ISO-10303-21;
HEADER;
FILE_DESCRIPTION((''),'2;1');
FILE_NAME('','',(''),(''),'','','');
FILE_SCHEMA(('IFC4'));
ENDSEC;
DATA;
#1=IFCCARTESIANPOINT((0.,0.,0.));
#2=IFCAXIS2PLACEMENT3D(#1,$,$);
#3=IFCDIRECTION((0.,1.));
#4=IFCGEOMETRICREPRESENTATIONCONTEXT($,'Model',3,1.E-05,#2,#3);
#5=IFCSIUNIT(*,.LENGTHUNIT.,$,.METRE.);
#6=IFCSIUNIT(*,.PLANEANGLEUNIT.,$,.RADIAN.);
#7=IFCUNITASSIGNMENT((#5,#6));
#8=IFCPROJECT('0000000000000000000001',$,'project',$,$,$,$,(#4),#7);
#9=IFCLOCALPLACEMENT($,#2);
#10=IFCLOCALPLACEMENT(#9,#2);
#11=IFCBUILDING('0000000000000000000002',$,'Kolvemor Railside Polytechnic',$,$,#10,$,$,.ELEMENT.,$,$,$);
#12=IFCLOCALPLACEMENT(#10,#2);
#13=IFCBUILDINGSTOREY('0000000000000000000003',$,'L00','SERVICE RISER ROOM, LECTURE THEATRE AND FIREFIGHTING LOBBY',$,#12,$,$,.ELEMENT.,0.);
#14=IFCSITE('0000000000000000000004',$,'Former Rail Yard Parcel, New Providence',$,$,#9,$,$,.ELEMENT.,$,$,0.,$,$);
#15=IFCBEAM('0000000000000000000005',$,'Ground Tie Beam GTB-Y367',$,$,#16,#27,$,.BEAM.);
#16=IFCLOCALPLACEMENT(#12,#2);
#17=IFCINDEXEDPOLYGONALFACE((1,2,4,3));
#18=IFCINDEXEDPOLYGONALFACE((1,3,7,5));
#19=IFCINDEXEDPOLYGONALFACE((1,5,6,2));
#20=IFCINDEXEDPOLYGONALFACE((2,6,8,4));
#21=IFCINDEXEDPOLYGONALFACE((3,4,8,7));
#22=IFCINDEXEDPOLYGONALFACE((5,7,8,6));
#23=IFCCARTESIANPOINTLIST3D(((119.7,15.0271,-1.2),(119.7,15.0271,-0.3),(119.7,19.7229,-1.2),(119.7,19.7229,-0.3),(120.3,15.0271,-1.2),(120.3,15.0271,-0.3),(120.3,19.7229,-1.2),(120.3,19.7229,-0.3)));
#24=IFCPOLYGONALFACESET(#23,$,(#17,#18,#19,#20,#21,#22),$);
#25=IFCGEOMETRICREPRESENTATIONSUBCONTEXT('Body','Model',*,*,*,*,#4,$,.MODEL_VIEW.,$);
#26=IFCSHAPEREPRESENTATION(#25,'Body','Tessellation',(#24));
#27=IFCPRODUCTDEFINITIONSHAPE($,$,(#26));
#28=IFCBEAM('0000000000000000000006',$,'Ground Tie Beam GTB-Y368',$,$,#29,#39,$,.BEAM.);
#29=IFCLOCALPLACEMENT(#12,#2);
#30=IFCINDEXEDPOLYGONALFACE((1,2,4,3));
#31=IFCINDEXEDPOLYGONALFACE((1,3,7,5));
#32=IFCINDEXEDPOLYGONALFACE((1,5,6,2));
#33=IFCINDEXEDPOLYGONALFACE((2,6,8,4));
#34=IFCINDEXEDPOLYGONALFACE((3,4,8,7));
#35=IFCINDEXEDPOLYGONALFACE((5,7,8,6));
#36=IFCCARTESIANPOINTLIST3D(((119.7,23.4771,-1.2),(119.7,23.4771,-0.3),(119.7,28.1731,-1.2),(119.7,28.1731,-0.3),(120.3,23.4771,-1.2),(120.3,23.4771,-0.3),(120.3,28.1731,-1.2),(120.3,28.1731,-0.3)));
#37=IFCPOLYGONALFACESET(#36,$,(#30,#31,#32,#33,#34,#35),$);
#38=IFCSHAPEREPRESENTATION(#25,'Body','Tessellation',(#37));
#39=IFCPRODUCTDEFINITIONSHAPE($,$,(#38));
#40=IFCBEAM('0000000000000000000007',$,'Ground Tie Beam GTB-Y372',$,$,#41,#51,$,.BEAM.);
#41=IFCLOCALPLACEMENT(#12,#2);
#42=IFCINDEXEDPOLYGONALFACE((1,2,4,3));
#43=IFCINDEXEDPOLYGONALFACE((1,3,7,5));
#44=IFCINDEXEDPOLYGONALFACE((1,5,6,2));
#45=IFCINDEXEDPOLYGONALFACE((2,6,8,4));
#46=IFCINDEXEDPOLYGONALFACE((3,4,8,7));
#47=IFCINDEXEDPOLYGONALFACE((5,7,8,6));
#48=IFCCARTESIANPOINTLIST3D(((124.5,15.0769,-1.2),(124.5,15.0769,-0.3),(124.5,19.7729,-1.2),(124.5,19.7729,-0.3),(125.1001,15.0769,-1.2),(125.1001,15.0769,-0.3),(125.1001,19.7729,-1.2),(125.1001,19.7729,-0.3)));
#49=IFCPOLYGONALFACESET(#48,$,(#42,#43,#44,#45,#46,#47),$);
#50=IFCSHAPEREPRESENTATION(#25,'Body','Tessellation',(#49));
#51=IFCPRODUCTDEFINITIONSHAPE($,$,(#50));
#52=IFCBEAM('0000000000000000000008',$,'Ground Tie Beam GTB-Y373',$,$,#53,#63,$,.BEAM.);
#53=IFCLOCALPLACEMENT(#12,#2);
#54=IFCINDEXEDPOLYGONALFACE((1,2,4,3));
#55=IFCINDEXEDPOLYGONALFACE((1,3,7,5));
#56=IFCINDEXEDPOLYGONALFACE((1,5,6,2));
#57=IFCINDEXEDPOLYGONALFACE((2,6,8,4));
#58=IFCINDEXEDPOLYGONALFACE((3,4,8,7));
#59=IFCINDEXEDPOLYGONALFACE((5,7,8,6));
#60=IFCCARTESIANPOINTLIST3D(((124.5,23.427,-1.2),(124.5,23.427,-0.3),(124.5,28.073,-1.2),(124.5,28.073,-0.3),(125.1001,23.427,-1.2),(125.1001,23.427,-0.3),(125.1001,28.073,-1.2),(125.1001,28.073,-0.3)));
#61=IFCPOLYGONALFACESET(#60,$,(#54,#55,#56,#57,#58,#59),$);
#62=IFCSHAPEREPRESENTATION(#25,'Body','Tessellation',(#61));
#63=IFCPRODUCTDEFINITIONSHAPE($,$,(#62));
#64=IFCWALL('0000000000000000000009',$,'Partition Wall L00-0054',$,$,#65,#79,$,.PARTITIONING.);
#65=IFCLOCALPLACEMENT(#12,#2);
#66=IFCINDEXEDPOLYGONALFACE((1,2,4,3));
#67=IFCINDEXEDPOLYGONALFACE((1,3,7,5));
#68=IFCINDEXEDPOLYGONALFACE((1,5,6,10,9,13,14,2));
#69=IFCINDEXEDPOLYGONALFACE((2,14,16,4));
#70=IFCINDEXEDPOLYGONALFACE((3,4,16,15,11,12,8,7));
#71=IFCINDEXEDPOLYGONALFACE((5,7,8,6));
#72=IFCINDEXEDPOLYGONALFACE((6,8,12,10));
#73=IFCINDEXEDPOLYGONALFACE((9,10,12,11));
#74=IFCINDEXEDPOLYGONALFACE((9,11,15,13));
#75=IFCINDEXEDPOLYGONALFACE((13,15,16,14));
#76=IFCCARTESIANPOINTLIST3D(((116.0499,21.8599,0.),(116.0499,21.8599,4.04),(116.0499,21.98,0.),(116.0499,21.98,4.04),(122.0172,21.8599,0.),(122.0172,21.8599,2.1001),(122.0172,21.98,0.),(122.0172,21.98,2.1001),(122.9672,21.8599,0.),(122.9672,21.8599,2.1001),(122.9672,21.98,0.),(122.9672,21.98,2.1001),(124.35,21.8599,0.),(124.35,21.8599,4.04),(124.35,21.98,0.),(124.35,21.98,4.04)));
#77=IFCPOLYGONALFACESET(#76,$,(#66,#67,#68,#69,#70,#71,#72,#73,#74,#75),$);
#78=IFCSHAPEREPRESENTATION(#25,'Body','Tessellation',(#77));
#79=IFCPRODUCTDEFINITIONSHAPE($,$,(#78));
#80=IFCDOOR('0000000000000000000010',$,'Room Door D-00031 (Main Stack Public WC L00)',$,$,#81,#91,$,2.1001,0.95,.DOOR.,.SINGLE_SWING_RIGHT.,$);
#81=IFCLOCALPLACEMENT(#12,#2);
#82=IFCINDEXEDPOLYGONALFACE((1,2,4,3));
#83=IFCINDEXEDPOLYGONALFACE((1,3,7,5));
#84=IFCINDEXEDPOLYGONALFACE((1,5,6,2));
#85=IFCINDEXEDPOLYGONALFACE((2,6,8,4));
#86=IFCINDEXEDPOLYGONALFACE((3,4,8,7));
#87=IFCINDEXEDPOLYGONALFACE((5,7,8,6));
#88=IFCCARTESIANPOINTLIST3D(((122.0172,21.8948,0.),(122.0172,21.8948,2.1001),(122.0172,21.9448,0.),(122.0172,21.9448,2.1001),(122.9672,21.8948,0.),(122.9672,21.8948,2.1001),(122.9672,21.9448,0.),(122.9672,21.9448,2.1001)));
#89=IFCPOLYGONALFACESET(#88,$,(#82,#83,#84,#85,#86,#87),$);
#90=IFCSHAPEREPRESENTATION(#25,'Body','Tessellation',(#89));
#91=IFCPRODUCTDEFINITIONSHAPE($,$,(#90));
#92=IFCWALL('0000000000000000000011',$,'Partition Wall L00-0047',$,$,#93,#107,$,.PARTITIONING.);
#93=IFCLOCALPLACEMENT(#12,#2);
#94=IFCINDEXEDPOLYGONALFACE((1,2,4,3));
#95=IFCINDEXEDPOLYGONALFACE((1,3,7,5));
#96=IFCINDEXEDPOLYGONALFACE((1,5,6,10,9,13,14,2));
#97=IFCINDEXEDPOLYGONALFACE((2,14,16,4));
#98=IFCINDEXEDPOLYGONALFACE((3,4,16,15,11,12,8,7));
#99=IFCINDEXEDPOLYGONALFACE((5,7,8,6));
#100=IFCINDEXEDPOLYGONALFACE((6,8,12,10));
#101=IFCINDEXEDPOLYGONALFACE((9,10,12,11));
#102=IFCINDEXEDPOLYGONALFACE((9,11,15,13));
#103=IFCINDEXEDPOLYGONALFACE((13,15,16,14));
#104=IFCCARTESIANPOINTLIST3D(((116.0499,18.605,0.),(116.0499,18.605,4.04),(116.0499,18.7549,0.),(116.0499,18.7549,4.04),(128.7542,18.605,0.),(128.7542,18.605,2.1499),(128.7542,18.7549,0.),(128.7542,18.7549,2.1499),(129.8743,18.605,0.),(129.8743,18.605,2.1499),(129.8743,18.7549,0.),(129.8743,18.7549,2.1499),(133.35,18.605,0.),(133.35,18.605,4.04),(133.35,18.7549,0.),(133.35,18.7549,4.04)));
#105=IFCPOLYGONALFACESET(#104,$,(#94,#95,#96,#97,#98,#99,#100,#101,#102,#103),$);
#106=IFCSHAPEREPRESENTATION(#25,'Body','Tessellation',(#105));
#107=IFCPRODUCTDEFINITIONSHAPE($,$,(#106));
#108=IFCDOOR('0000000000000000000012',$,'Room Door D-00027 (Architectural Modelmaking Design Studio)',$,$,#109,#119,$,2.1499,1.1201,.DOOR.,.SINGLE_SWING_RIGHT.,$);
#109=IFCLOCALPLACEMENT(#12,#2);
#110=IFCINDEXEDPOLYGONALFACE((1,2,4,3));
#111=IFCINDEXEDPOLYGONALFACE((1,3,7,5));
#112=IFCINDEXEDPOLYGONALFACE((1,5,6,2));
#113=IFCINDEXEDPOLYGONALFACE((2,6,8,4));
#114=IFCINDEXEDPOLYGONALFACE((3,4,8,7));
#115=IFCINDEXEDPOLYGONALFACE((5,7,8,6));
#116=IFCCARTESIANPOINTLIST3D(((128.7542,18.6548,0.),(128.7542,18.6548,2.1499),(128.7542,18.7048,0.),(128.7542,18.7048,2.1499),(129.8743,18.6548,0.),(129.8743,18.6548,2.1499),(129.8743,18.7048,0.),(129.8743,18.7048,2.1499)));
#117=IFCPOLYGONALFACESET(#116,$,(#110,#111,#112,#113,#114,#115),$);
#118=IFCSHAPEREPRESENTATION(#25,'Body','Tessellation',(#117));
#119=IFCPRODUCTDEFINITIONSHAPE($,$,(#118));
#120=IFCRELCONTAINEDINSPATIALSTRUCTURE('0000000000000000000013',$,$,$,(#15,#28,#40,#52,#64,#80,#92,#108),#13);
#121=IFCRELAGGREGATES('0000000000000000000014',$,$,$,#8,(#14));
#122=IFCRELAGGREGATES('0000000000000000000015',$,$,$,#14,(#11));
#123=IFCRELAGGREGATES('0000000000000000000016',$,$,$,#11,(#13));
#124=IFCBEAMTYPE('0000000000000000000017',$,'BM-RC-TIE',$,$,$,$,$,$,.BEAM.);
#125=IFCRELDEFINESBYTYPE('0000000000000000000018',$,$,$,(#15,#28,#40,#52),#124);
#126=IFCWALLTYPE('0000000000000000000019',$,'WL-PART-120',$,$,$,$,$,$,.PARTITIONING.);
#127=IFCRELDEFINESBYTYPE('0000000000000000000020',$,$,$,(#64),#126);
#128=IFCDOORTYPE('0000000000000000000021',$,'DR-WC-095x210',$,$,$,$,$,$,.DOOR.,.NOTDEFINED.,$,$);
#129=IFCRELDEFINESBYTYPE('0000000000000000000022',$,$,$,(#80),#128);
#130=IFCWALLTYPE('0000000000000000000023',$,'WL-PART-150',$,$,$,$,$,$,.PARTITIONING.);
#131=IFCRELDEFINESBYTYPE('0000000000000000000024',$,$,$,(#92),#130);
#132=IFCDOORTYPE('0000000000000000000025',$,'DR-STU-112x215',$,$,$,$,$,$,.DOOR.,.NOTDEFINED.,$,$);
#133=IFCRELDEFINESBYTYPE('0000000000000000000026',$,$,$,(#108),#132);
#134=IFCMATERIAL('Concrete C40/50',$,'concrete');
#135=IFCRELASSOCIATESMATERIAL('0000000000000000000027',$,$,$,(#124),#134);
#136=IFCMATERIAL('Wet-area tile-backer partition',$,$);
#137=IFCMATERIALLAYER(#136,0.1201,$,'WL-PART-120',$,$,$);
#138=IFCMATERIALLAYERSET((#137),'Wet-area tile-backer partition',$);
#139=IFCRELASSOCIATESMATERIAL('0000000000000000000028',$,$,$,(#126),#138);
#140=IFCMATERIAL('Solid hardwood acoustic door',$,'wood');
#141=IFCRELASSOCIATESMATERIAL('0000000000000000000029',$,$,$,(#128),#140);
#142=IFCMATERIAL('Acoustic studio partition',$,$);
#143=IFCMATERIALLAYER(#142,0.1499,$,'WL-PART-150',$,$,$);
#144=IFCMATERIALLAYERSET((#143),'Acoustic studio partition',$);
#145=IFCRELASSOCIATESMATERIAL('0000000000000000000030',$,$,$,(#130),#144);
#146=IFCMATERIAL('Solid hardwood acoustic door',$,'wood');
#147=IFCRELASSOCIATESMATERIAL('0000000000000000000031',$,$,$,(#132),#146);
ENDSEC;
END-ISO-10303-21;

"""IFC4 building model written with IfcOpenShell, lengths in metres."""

from ifc_helpers import new_model, si_unit, direction, frame, frame_2d, origin, origin_2d, place, context, subcontext, project, spatial, rectangle, extrude, material, layer, layer_set, material_profile, profile_set, type_object, element, fill, save


model = new_model("IFC4")

# Units and contexts
model_context = context("Model", 3, precision=1e-05, world=origin(), true_north=direction((0.0, 1.0)))
body_context = subcontext(model_context, "Body", "Model", "MODEL_VIEW")
ifc_project = project(units=[si_unit("LENGTHUNIT", "METRE"), si_unit("PLANEANGLEUNIT", "RADIAN")], contexts=[model_context])

# Site, building, storey
site_placement = place(None, origin())
site = spatial("IfcSite", under=ifc_project, at=site_placement, Name="Former Rail Yard Parcel, New Providence", CompositionType="ELEMENT", RefElevation=0.0)
building_placement = place(site_placement, origin())
building = spatial("IfcBuilding", under=site, at=building_placement, Name="Kolvemor Railside Polytechnic", CompositionType="ELEMENT")
storey_placement = place(building_placement, origin())
storey = spatial("IfcBuildingStorey", under=building, at=storey_placement, Name="L00", Description="SERVICE RISER ROOM, LECTURE THEATRE AND FIREFIGHTING LOBBY", CompositionType="ELEMENT", Elevation=0.0)

# Beams
ifc_material_1 = material(Name="Concrete C40/50", Category="concrete")
ifc_material_profile_1 = material_profile(ifc_material_1, rectangle(XDim=0.6001, YDim=0.8999, at=origin_2d()), Name="RC600x900")
ifc_profile_set_1 = profile_set([ifc_material_profile_1], Name="Concrete C40/50")
beam_type_1 = type_object("IfcBeamType", Name="BM-RC-TIE", PredefinedType="BEAM", material=ifc_profile_set_1)
beam_1_placement = place(storey_placement, frame((120.0, 15.0271, -0.75), z_axis=(0.0, 1.0, 0.0), x_axis=(-1.0, 0.0, 0.0)))
element("IfcBeam", 1, at=beam_1_placement, inside=storey, type_object=beam_type_1, Name="Ground Tie Beam GTB-Y367", PredefinedType="BEAM", context=body_context, shape_type="SweptSolid", body=[
    extrude(rectangle(XDim=0.6001, YDim=0.8999, at=origin_2d()), origin(), (0.0, 0.0, 1.0), 4.6958),
])
for number, where, z_axis, x_axis, name in (
    (2, (120.0, 23.4771, -0.75), (0.0, 1.0, 0.0), (-1.0, 0.0, 0.0), "Ground Tie Beam GTB-Y368"),
    (3, (124.8, 15.0769, -0.75), (0.0, 1.0, 0.0), (-1.0, 0.0, 0.0), "Ground Tie Beam GTB-Y372"),
):
    element("IfcBeam", number, at=place(storey_placement, frame(where, z_axis=z_axis, x_axis=x_axis)), inside=storey, type_object=beam_type_1, Name=name, PredefinedType="BEAM", context=body_context, shape_type="SweptSolid", body=[
        extrude(rectangle(XDim=0.6001, YDim=0.8999, at=origin_2d()), origin(), (0.0, 0.0, 1.0), 4.696),
    ])
beam_2_placement = place(storey_placement, frame((124.8, 23.427, -0.75), z_axis=(0.0, 1.0, 0.0), x_axis=(-1.0, 0.0, 0.0)))
element("IfcBeam", 4, at=beam_2_placement, inside=storey, type_object=beam_type_1, Name="Ground Tie Beam GTB-Y373", PredefinedType="BEAM", context=body_context, shape_type="SweptSolid", body=[
    extrude(rectangle(XDim=0.6001, YDim=0.8999, at=origin_2d()), origin(), (0.0, 0.0, 1.0), 4.646),
])

# Walls, openings, doors
ifc_material_2 = material(Name="Wet-area tile-backer partition")
ifc_layer_1 = layer(ifc_material_2, 0.1201, Name="WL-PART-120")
ifc_layer_set_1 = layer_set([ifc_layer_1], Name="Wet-area tile-backer partition")
wall_type_1 = type_object("IfcWallType", Name="WL-PART-120", PredefinedType="PARTITIONING", material=ifc_layer_set_1)
wall_1_placement = place(storey_placement, frame((116.05, 21.9199, 0.0), z_axis=(0.0, 0.0, 1.0), x_axis=(1.0, 0.0, 0.0)))
wall_1 = element("IfcWall", 5, at=wall_1_placement, inside=storey, type_object=wall_type_1, Name="Partition Wall L00-0054", PredefinedType="PARTITIONING", context=body_context, shape_type="SweptSolid", body=[
    extrude(rectangle(XDim=8.3, YDim=0.1201, at=frame_2d((4.1499, 0.0))), origin(), (0.0, 0.0, 1.0), 4.04),
])
opening_1_placement = place(wall_1_placement, frame((5.967, 0.0, 0.0)))
opening_1 = element("IfcOpeningElement", 6, at=opening_1_placement, cuts=wall_1, PredefinedType="OPENING", context=body_context, shape_type="SweptSolid", body=[
    extrude(rectangle(XDim=0.95, YDim=2.1001, at=frame_2d((0.4751, 1.05))), frame((0.0, 0.0701, 0.0), z_axis=(0.0, -1.0, 0.0), x_axis=(1.0, 0.0, 0.0)), (0.0, 0.0, 1.0), 0.1401),
])
ifc_material_3 = material(Name="Solid hardwood acoustic door", Category="wood")
door_type_1 = type_object("IfcDoorType", Name="DR-WC-095x210", OperationType="NOTDEFINED", PredefinedType="DOOR", material=ifc_material_3)
door_1_placement = place(opening_1_placement, origin())
door_1 = element("IfcDoor", 7, at=door_1_placement, inside=storey, type_object=door_type_1, Name="Room Door D-00031 (Main Stack Public WC L00)", OperationType="SINGLE_SWING_RIGHT", OverallHeight=2.1001, OverallWidth=0.95, PredefinedType="DOOR", context=body_context, shape_type="SweptSolid", body=[
    extrude(rectangle(XDim=0.95, YDim=2.1001, at=frame_2d((0.4751, 1.05))), frame((0.0, 0.0249, 0.0), z_axis=(0.0, -1.0, 0.0), x_axis=(1.0, 0.0, 0.0)), (0.0, 0.0, 1.0), 0.05),
])
fill(opening_1, door_1)
ifc_material_4 = material(Name="Acoustic studio partition")
ifc_layer_2 = layer(ifc_material_4, 0.1499, Name="WL-PART-150")
ifc_layer_set_2 = layer_set([ifc_layer_2], Name="Acoustic studio partition")
wall_type_2 = type_object("IfcWallType", Name="WL-PART-150", PredefinedType="PARTITIONING", material=ifc_layer_set_2)
wall_2_placement = place(storey_placement, frame((116.05, 18.6799, 0.0), z_axis=(0.0, 0.0, 1.0), x_axis=(1.0, 0.0, 0.0)))
wall_2 = element("IfcWall", 8, at=wall_2_placement, inside=storey, type_object=wall_type_2, Name="Partition Wall L00-0047", PredefinedType="PARTITIONING", context=body_context, shape_type="SweptSolid", body=[
    extrude(rectangle(XDim=17.3, YDim=0.1499, at=frame_2d((8.6499, 0.0))), origin(), (0.0, 0.0, 1.0), 4.04),
])
opening_2_placement = place(wall_2_placement, frame((12.7041, 0.0, 0.0)))
opening_2 = element("IfcOpeningElement", 9, at=opening_2_placement, cuts=wall_2, PredefinedType="OPENING", context=body_context, shape_type="SweptSolid", body=[
    extrude(rectangle(XDim=1.1201, YDim=2.1499, at=frame_2d((0.5601, 1.075))), frame((0.0, 0.085, 0.0), z_axis=(0.0, -1.0, 0.0), x_axis=(1.0, 0.0, 0.0)), (0.0, 0.0, 1.0), 0.1699),
])
ifc_material_5 = material(Name="Solid hardwood acoustic door", Category="wood")
door_type_2 = type_object("IfcDoorType", Name="DR-STU-112x215", OperationType="NOTDEFINED", PredefinedType="DOOR", material=ifc_material_5)
door_2_placement = place(opening_2_placement, origin())
door_2 = element("IfcDoor", 10, at=door_2_placement, inside=storey, type_object=door_type_2, Name="Room Door D-00027 (Architectural Modelmaking Design Studio)", OperationType="SINGLE_SWING_RIGHT", OverallHeight=2.1499, OverallWidth=1.1201, PredefinedType="DOOR", context=body_context, shape_type="SweptSolid", body=[
    extrude(rectangle(XDim=1.1201, YDim=2.1499, at=frame_2d((0.5601, 1.075))), frame((0.0, 0.0249, 0.0), z_axis=(0.0, -1.0, 0.0), x_axis=(1.0, 0.0, 0.0)), (0.0, 0.0, 1.0), 0.05),
])
fill(opening_2, door_2)

save(model, "model.ifc")
